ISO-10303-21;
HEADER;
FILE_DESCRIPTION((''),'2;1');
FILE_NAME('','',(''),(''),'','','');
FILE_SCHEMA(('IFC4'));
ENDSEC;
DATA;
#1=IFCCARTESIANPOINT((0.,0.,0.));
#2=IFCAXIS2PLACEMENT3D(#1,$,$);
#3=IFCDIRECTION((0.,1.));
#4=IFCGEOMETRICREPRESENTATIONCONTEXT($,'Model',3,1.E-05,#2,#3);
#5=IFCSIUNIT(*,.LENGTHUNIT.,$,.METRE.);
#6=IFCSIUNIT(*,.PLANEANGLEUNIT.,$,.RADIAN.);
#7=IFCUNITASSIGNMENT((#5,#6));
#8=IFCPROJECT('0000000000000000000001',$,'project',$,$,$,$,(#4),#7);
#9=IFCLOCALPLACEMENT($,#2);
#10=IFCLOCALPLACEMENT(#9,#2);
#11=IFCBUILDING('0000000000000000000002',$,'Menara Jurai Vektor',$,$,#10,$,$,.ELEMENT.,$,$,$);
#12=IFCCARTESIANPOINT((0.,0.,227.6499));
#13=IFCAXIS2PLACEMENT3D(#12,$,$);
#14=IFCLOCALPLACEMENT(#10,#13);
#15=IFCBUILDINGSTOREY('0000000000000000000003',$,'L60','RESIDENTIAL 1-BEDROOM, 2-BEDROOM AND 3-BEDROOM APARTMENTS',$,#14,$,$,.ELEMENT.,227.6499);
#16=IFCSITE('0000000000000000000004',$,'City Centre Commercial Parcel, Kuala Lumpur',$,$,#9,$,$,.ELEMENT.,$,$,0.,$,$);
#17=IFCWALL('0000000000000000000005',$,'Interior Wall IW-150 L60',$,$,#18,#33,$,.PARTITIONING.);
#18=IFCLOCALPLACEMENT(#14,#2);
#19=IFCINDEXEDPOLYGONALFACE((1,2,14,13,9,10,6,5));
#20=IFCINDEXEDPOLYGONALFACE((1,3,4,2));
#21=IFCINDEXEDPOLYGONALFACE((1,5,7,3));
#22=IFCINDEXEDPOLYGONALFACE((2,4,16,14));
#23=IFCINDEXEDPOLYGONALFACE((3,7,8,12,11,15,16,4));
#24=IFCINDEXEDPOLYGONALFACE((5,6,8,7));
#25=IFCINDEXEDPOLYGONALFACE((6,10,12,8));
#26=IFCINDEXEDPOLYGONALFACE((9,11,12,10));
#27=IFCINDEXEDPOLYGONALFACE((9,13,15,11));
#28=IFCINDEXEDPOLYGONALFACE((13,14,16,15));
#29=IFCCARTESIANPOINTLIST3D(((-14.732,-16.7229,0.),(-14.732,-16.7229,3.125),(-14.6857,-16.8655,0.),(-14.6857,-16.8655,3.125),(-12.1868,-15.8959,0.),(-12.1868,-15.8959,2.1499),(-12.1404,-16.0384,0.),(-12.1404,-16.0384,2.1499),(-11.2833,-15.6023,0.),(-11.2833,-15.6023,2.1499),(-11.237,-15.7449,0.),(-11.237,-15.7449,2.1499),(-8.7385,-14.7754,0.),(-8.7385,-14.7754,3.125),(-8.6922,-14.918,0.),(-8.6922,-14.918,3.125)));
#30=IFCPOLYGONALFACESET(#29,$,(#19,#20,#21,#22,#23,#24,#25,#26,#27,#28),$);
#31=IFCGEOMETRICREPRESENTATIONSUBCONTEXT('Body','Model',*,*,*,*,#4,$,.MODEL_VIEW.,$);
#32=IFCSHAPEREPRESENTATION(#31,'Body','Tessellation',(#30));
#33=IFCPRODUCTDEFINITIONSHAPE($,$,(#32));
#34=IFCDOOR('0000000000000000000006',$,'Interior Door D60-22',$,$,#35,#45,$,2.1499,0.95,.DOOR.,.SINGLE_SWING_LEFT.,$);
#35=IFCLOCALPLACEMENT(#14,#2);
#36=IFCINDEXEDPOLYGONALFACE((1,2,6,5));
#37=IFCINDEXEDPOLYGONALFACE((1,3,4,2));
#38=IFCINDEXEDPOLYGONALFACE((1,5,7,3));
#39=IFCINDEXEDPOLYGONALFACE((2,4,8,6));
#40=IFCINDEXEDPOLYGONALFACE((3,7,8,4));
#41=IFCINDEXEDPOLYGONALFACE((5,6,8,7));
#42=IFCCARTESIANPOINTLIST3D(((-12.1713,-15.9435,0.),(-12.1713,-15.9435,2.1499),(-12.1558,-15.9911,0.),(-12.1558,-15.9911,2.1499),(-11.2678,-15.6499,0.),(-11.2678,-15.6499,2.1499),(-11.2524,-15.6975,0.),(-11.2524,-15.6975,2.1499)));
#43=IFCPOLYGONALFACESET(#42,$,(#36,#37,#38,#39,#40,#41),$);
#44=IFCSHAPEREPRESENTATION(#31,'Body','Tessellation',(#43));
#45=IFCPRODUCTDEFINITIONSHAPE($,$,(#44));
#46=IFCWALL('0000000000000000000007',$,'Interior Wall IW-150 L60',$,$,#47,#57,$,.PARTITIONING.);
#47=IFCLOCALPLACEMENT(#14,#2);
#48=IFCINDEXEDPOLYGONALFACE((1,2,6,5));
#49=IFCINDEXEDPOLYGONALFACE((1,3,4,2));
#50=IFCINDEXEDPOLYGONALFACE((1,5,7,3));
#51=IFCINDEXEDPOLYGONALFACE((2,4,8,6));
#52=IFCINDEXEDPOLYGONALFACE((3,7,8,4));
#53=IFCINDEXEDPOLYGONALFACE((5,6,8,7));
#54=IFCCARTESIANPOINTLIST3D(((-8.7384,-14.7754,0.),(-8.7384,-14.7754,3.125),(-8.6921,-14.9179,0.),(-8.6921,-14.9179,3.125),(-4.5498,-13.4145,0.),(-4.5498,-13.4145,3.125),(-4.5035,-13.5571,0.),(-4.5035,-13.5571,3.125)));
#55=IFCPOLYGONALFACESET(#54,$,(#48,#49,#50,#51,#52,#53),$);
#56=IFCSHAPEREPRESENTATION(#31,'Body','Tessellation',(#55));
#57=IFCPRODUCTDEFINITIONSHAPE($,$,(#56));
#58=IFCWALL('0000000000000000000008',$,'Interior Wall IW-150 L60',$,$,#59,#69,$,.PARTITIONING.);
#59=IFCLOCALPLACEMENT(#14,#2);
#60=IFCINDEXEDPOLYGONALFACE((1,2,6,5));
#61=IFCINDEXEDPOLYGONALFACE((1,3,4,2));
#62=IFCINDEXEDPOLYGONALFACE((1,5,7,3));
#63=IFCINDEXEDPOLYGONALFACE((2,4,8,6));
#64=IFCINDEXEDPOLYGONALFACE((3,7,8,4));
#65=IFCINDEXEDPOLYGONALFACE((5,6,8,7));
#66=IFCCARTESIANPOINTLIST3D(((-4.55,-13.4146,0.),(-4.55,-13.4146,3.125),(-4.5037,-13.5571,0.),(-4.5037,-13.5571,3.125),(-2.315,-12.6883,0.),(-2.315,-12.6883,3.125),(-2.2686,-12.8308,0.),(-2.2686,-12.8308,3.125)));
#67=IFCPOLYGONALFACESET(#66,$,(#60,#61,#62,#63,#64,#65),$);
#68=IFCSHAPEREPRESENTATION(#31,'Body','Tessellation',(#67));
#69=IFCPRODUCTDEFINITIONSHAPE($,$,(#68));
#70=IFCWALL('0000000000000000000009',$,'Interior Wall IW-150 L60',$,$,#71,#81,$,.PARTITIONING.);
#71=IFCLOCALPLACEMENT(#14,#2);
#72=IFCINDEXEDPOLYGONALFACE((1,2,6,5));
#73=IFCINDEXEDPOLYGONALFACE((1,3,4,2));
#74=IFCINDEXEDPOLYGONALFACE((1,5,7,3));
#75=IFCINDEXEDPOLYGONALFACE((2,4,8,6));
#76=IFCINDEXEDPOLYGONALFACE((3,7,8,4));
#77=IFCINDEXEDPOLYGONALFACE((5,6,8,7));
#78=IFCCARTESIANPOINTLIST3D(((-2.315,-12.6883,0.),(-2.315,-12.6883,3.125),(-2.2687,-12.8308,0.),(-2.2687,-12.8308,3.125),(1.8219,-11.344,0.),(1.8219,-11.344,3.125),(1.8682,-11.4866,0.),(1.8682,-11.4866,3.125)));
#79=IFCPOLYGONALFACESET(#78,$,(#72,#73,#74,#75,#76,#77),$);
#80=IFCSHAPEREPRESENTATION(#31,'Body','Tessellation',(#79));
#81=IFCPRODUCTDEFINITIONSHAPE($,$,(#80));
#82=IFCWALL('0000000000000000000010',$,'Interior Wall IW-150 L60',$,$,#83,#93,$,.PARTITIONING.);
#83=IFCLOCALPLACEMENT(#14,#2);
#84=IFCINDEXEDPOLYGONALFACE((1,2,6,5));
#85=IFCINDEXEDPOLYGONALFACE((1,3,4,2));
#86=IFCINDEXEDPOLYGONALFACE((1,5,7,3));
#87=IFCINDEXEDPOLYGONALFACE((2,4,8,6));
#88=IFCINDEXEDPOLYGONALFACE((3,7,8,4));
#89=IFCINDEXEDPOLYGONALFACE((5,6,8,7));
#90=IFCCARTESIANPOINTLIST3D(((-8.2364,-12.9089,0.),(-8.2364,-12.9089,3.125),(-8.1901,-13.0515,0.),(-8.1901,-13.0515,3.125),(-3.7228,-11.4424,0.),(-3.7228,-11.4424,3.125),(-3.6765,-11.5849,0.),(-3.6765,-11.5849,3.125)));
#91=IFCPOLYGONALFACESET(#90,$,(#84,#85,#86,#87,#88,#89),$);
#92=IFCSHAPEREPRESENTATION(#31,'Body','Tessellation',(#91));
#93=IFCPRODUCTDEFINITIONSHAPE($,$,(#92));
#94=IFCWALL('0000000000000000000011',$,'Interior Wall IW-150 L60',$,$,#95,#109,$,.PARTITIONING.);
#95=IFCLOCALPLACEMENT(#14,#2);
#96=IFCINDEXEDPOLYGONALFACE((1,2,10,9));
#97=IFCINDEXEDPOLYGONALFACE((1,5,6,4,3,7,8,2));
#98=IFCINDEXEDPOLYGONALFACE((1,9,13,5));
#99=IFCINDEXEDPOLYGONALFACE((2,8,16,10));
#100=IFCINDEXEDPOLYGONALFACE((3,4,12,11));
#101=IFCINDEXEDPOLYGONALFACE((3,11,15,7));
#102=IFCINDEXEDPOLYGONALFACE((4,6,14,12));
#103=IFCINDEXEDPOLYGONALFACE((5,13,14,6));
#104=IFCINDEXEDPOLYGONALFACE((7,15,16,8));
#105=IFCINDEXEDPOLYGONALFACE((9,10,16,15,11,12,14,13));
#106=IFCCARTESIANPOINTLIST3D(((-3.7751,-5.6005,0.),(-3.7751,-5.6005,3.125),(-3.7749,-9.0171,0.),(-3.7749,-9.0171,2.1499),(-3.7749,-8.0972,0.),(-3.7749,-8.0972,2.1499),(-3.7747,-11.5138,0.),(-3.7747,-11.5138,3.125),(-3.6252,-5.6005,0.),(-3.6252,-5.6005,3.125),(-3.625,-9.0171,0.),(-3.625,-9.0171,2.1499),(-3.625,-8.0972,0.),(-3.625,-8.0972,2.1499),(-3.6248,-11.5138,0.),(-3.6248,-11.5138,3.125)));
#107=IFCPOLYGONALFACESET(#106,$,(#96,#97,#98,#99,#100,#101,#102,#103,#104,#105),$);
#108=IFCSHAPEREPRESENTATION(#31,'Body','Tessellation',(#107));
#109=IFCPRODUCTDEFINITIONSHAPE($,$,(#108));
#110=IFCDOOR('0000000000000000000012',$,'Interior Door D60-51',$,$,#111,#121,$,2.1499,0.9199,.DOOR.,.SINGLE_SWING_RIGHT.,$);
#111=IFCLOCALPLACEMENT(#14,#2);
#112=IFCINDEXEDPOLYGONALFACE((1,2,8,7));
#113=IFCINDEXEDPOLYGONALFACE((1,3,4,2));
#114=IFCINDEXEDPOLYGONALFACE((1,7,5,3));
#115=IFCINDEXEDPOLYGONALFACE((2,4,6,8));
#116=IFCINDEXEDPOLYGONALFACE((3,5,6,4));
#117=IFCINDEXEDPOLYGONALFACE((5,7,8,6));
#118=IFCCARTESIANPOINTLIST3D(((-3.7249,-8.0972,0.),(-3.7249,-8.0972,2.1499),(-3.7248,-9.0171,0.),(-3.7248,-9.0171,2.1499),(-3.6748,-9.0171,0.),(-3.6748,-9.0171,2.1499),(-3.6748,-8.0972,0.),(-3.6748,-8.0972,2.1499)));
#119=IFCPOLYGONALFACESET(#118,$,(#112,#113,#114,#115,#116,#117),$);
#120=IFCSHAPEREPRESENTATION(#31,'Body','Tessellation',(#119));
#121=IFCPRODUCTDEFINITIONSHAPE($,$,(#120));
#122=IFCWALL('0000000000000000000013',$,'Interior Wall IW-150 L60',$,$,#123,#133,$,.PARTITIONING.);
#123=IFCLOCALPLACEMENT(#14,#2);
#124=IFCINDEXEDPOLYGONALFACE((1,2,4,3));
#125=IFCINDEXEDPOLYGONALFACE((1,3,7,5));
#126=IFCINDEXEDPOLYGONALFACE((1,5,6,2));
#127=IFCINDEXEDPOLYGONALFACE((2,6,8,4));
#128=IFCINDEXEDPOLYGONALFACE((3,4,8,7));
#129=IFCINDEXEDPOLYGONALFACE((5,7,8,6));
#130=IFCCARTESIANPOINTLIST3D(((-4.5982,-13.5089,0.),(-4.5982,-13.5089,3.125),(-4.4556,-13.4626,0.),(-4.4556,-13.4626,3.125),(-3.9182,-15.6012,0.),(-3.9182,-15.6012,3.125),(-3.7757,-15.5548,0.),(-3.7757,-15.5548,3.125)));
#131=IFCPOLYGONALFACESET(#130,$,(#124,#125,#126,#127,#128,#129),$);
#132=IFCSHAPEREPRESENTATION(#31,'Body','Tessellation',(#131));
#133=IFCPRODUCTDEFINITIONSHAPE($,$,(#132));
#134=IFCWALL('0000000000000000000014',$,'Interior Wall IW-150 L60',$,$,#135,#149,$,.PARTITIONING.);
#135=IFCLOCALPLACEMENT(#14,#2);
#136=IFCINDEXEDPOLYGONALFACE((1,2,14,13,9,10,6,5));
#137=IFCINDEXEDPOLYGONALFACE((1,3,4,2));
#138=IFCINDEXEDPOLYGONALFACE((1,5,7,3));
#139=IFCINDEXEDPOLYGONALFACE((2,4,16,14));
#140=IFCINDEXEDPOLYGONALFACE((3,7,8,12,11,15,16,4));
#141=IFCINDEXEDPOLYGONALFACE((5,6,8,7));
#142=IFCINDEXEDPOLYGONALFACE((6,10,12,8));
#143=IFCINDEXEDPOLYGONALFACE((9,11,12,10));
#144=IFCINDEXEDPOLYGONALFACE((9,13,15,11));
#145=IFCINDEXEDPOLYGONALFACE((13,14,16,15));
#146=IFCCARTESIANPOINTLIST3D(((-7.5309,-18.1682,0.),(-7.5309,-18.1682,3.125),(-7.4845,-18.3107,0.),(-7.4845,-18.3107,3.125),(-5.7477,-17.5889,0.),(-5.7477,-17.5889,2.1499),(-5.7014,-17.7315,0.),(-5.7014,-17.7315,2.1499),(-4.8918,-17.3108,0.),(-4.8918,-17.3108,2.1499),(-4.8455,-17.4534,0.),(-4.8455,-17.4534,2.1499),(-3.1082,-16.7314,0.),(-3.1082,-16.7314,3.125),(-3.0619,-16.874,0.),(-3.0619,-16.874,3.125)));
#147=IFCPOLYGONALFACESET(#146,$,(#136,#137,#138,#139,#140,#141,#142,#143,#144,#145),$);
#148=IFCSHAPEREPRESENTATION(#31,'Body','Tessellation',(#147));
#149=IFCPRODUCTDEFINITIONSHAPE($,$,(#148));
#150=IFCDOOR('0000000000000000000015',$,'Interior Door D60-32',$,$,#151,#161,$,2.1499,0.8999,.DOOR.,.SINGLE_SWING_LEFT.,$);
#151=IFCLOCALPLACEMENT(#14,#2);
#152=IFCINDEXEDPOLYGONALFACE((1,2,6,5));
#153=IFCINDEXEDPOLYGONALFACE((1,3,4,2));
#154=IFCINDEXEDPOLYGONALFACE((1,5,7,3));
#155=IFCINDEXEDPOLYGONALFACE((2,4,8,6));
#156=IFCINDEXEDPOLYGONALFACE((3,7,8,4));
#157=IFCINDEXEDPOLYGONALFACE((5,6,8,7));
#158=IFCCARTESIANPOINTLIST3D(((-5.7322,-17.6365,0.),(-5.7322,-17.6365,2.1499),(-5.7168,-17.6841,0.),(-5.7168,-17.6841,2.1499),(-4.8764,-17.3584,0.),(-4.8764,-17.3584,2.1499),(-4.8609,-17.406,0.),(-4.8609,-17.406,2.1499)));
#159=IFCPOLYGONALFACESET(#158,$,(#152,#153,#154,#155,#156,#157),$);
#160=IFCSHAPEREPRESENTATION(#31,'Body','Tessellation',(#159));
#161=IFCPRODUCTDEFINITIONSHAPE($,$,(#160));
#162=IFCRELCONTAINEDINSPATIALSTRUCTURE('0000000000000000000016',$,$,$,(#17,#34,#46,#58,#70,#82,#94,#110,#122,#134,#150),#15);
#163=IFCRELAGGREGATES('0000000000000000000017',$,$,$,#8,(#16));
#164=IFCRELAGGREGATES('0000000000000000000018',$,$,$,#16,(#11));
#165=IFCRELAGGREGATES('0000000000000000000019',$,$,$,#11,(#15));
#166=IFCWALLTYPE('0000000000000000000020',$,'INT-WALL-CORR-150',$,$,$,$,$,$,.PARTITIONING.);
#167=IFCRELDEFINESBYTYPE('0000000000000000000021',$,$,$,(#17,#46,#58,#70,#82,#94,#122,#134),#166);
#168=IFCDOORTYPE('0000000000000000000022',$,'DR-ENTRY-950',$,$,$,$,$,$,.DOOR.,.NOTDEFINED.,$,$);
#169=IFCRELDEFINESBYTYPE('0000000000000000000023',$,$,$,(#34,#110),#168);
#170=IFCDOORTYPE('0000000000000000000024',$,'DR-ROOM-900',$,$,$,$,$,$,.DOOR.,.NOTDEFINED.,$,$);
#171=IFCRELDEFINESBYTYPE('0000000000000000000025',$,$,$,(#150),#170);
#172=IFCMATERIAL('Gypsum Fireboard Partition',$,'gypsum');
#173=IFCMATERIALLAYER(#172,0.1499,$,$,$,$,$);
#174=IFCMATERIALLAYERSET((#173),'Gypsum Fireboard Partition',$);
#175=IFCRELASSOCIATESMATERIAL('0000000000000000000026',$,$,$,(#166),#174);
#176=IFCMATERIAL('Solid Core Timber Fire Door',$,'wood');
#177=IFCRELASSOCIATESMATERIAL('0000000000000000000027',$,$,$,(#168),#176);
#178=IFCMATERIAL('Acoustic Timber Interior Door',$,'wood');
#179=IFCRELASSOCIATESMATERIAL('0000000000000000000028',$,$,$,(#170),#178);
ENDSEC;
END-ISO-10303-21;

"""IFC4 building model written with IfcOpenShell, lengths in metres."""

from ifc_helpers import new_model, si_unit, direction, frame, frame_2d, origin, place, context, subcontext, project, spatial, rectangle, extrude, material, layer, layer_set, type_object, element, fill, save


model = new_model("IFC4")

# Units and contexts
model_context = context("Model", 3, precision=1e-05, world=origin(), true_north=direction((0.0, 1.0)))
body_context = subcontext(model_context, "Body", "Model", "MODEL_VIEW")
ifc_project = project(units=[si_unit("LENGTHUNIT", "METRE"), si_unit("PLANEANGLEUNIT", "RADIAN")], contexts=[model_context])

# Site, building, storey
site_placement = place(None, origin())
site = spatial("IfcSite", under=ifc_project, at=site_placement, Name="City Centre Commercial Parcel, Kuala Lumpur", CompositionType="ELEMENT", RefElevation=0.0)
building_placement = place(site_placement, origin())
building = spatial("IfcBuilding", under=site, at=building_placement, Name="Menara Jurai Vektor", CompositionType="ELEMENT")
storey_placement = place(building_placement, frame((0.0, 0.0, 227.6499)))
storey = spatial("IfcBuildingStorey", under=building, at=storey_placement, Name="L60", Description="RESIDENTIAL 1-BEDROOM, 2-BEDROOM AND 3-BEDROOM APARTMENTS", CompositionType="ELEMENT", Elevation=227.6499)

# Wall, opening, door
ifc_material_1 = material(Name="Gypsum Fireboard Partition", Category="gypsum")
ifc_layer = layer(ifc_material_1, 0.1499)
ifc_layer_set = layer_set([ifc_layer], Name="Gypsum Fireboard Partition")
wall_type = type_object("IfcWallType", Name="INT-WALL-CORR-150", PredefinedType="PARTITIONING", material=ifc_layer_set)
wall_1_placement = place(storey_placement, frame((-14.7087, -16.7942, 0.0), z_axis=(0.0, 0.0, 1.0), x_axis=(0.95105, 0.309036, 0.0)))
wall_1 = element("IfcWall", 1, at=wall_1_placement, inside=storey, type_object=wall_type, Name="Interior Wall IW-150 L60", PredefinedType="PARTITIONING", context=body_context, shape_type="SweptSolid", body=[
    extrude(rectangle(XDim=6.302, YDim=0.1499, at=frame_2d((3.1509, 0.0))), origin(), (0.0, 0.0, 1.0), 3.125),
])
opening_1_placement = place(wall_1_placement, frame((2.676, 0.0, 0.0)))
opening_1 = element("IfcOpeningElement", 2, at=opening_1_placement, cuts=wall_1, PredefinedType="OPENING", context=body_context, shape_type="SweptSolid", body=[
    extrude(rectangle(XDim=0.95, YDim=2.1499, at=frame_2d((0.4751, 1.075))), frame((0.0, 0.085, 0.0), z_axis=(0.0, -1.0, 0.0), x_axis=(1.0, 0.0, 0.0)), (0.0, 0.0, 1.0), 0.1699),
])
ifc_material_2 = material(Name="Solid Core Timber Fire Door", Category="wood")
door_type_1 = type_object("IfcDoorType", Name="DR-ENTRY-950", OperationType="NOTDEFINED", PredefinedType="DOOR", material=ifc_material_2)
door_1_placement = place(opening_1_placement, origin())
door_1 = element("IfcDoor", 3, at=door_1_placement, inside=storey, type_object=door_type_1, Name="Interior Door D60-22", OperationType="SINGLE_SWING_LEFT", OverallHeight=2.1499, OverallWidth=0.95, PredefinedType="DOOR", context=body_context, shape_type="SweptSolid", body=[
    extrude(rectangle(XDim=0.95, YDim=2.1499, at=frame_2d((0.4751, 1.075))), frame((0.0, 0.0249, 0.0), z_axis=(0.0, -1.0, 0.0), x_axis=(1.0, 0.0, 0.0)), (0.0, 0.0, 1.0), 0.05),
])
fill(opening_1, door_1)

# Walls
wall_2_placement = place(storey_placement, frame((-8.7153, -14.8467, 0.0), z_axis=(0.0, 0.0, 1.0), x_axis=(0.951062, 0.309001, 0.0)))
element("IfcWall", 4, at=wall_2_placement, inside=storey, type_object=wall_type, Name="Interior Wall IW-150 L60", PredefinedType="PARTITIONING", context=body_context, shape_type="SweptSolid", body=[
    extrude(rectangle(XDim=4.4041, YDim=0.1499, at=frame_2d((2.2021, 0.0))), origin(), (0.0, 0.0, 1.0), 3.125),
])
wall_3_placement = place(storey_placement, frame((-4.5269, -13.4858, 0.0), z_axis=(0.0, 0.0, 1.0), x_axis=(0.951046, 0.309051, 0.0)))
element("IfcWall", 5, at=wall_3_placement, inside=storey, type_object=wall_type, Name="Interior Wall IW-150 L60", PredefinedType="PARTITIONING", context=body_context, shape_type="SweptSolid", body=[
    extrude(rectangle(XDim=2.3501, YDim=0.1499, at=frame_2d((1.175, 0.0))), origin(), (0.0, 0.0, 1.0), 3.125),
])
wall_4_placement = place(storey_placement, frame((-2.2917, -12.7595, 0.0), z_axis=(0.0, 0.0, 1.0), x_axis=(0.951053, 0.309029, 0.0)))
element("IfcWall", 6, at=wall_4_placement, inside=storey, type_object=wall_type, Name="Interior Wall IW-150 L60", PredefinedType="PARTITIONING", context=body_context, shape_type="SweptSolid", body=[
    extrude(rectangle(XDim=4.3499, YDim=0.1499, at=frame_2d((2.1748, 0.0))), origin(), (0.0, 0.0, 1.0), 3.125),
])

# Wall
wall_5_placement = place(storey_placement, frame((-8.2134, -12.9802, 0.0), z_axis=(0.0, 0.0, 1.0), x_axis=(0.951058, 0.309012, 0.0)))
element("IfcWall", 7, at=wall_5_placement, inside=storey, type_object=wall_type, Name="Interior Wall IW-150 L60", PredefinedType="PARTITIONING", context=body_context, shape_type="SweptSolid", body=[
    extrude(rectangle(XDim=4.7458, YDim=0.1499, at=frame_2d((2.373, 0.0))), origin(), (0.0, 0.0, 1.0), 3.125),
])

# Wall, opening, door
wall_6_placement = place(storey_placement, frame((-3.6997, -11.5137, 0.0), z_axis=(0.0, 0.0, 1.0), x_axis=(-0.000083, 1.0, 0.0)))
wall_6 = element("IfcWall", 8, at=wall_6_placement, inside=storey, type_object=wall_type, Name="Interior Wall IW-150 L60", PredefinedType="PARTITIONING", context=body_context, shape_type="SweptSolid", body=[
    extrude(rectangle(XDim=5.9133, YDim=0.1499, at=frame_2d((2.9565, 0.0))), origin(), (0.0, 0.0, 1.0), 3.125),
])
opening_2_placement = place(wall_6_placement, frame((2.4966, 0.0, 0.0)))
opening_2 = element("IfcOpeningElement", 9, at=opening_2_placement, cuts=wall_6, PredefinedType="OPENING", context=body_context, shape_type="SweptSolid", body=[
    extrude(rectangle(XDim=0.9199, YDim=2.1499, at=frame_2d((0.46, 1.075))), frame((0.0, 0.085, 0.0), z_axis=(0.0, -1.0, 0.0), x_axis=(1.0, 0.0, 0.0)), (0.0, 0.0, 1.0), 0.1699),
])
door_2_placement = place(opening_2_placement, origin())
door_2 = element("IfcDoor", 10, at=door_2_placement, inside=storey, type_object=door_type_1, Name="Interior Door D60-51", OperationType="SINGLE_SWING_RIGHT", OverallHeight=2.1499, OverallWidth=0.9199, PredefinedType="DOOR", context=body_context, shape_type="SweptSolid", body=[
    extrude(rectangle(XDim=0.9199, YDim=2.1499, at=frame_2d((0.46, 1.075))), frame((0.0, 0.0249, 0.0), z_axis=(0.0, -1.0, 0.0), x_axis=(1.0, 0.0, 0.0)), (0.0, 0.0, 1.0), 0.05),
])
fill(opening_2, door_2)

# Wall
wall_7_placement = place(storey_placement, frame((-3.8469, -15.5781, 0.0), z_axis=(0.0, 0.0, 1.0), x_axis=(-0.309061, 0.951042, 0.0)))
element("IfcWall", 11, at=wall_7_placement, inside=storey, type_object=wall_type, Name="Interior Wall IW-150 L60", PredefinedType="PARTITIONING", context=body_context, shape_type="SweptSolid", body=[
    extrude(rectangle(XDim=2.2, YDim=0.1499, at=frame_2d((1.1001, 0.0))), origin(), (0.0, 0.0, 1.0), 3.125),
])

# Wall, opening, door
wall_8_placement = place(storey_placement, frame((-7.5078, -18.2395, 0.0), z_axis=(0.0, 0.0, 1.0), x_axis=(0.951071, 0.308973, 0.0)))
wall_8 = element("IfcWall", 12, at=wall_8_placement, inside=storey, type_object=wall_type, Name="Interior Wall IW-150 L60", PredefinedType="PARTITIONING", context=body_context, shape_type="SweptSolid", body=[
    extrude(rectangle(XDim=4.6501, YDim=0.1499, at=frame_2d((2.3252, 0.0))), origin(), (0.0, 0.0, 1.0), 3.125),
])
opening_3_placement = place(wall_8_placement, frame((1.875, 0.0, 0.0)))
opening_3 = element("IfcOpeningElement", 13, at=opening_3_placement, cuts=wall_8, PredefinedType="OPENING", context=body_context, shape_type="SweptSolid", body=[
    extrude(rectangle(XDim=0.8999, YDim=2.1499, at=frame_2d((0.45, 1.075))), frame((0.0, 0.085, 0.0), z_axis=(0.0, -1.0, 0.0), x_axis=(1.0, 0.0, 0.0)), (0.0, 0.0, 1.0), 0.1699),
])
ifc_material_3 = material(Name="Acoustic Timber Interior Door", Category="wood")
door_type_2 = type_object("IfcDoorType", Name="DR-ROOM-900", OperationType="NOTDEFINED", PredefinedType="DOOR", material=ifc_material_3)
door_3_placement = place(opening_3_placement, origin())
door_3 = element("IfcDoor", 14, at=door_3_placement, inside=storey, type_object=door_type_2, Name="Interior Door D60-32", OperationType="SINGLE_SWING_LEFT", OverallHeight=2.1499, OverallWidth=0.8999, PredefinedType="DOOR", context=body_context, shape_type="SweptSolid", body=[
    extrude(rectangle(XDim=0.8999, YDim=2.1499, at=frame_2d((0.45, 1.075))), frame((0.0, 0.0249, 0.0), z_axis=(0.0, -1.0, 0.0), x_axis=(1.0, 0.0, 0.0)), (0.0, 0.0, 1.0), 0.05),
])
fill(opening_3, door_3)

save(model, "model.ifc")
